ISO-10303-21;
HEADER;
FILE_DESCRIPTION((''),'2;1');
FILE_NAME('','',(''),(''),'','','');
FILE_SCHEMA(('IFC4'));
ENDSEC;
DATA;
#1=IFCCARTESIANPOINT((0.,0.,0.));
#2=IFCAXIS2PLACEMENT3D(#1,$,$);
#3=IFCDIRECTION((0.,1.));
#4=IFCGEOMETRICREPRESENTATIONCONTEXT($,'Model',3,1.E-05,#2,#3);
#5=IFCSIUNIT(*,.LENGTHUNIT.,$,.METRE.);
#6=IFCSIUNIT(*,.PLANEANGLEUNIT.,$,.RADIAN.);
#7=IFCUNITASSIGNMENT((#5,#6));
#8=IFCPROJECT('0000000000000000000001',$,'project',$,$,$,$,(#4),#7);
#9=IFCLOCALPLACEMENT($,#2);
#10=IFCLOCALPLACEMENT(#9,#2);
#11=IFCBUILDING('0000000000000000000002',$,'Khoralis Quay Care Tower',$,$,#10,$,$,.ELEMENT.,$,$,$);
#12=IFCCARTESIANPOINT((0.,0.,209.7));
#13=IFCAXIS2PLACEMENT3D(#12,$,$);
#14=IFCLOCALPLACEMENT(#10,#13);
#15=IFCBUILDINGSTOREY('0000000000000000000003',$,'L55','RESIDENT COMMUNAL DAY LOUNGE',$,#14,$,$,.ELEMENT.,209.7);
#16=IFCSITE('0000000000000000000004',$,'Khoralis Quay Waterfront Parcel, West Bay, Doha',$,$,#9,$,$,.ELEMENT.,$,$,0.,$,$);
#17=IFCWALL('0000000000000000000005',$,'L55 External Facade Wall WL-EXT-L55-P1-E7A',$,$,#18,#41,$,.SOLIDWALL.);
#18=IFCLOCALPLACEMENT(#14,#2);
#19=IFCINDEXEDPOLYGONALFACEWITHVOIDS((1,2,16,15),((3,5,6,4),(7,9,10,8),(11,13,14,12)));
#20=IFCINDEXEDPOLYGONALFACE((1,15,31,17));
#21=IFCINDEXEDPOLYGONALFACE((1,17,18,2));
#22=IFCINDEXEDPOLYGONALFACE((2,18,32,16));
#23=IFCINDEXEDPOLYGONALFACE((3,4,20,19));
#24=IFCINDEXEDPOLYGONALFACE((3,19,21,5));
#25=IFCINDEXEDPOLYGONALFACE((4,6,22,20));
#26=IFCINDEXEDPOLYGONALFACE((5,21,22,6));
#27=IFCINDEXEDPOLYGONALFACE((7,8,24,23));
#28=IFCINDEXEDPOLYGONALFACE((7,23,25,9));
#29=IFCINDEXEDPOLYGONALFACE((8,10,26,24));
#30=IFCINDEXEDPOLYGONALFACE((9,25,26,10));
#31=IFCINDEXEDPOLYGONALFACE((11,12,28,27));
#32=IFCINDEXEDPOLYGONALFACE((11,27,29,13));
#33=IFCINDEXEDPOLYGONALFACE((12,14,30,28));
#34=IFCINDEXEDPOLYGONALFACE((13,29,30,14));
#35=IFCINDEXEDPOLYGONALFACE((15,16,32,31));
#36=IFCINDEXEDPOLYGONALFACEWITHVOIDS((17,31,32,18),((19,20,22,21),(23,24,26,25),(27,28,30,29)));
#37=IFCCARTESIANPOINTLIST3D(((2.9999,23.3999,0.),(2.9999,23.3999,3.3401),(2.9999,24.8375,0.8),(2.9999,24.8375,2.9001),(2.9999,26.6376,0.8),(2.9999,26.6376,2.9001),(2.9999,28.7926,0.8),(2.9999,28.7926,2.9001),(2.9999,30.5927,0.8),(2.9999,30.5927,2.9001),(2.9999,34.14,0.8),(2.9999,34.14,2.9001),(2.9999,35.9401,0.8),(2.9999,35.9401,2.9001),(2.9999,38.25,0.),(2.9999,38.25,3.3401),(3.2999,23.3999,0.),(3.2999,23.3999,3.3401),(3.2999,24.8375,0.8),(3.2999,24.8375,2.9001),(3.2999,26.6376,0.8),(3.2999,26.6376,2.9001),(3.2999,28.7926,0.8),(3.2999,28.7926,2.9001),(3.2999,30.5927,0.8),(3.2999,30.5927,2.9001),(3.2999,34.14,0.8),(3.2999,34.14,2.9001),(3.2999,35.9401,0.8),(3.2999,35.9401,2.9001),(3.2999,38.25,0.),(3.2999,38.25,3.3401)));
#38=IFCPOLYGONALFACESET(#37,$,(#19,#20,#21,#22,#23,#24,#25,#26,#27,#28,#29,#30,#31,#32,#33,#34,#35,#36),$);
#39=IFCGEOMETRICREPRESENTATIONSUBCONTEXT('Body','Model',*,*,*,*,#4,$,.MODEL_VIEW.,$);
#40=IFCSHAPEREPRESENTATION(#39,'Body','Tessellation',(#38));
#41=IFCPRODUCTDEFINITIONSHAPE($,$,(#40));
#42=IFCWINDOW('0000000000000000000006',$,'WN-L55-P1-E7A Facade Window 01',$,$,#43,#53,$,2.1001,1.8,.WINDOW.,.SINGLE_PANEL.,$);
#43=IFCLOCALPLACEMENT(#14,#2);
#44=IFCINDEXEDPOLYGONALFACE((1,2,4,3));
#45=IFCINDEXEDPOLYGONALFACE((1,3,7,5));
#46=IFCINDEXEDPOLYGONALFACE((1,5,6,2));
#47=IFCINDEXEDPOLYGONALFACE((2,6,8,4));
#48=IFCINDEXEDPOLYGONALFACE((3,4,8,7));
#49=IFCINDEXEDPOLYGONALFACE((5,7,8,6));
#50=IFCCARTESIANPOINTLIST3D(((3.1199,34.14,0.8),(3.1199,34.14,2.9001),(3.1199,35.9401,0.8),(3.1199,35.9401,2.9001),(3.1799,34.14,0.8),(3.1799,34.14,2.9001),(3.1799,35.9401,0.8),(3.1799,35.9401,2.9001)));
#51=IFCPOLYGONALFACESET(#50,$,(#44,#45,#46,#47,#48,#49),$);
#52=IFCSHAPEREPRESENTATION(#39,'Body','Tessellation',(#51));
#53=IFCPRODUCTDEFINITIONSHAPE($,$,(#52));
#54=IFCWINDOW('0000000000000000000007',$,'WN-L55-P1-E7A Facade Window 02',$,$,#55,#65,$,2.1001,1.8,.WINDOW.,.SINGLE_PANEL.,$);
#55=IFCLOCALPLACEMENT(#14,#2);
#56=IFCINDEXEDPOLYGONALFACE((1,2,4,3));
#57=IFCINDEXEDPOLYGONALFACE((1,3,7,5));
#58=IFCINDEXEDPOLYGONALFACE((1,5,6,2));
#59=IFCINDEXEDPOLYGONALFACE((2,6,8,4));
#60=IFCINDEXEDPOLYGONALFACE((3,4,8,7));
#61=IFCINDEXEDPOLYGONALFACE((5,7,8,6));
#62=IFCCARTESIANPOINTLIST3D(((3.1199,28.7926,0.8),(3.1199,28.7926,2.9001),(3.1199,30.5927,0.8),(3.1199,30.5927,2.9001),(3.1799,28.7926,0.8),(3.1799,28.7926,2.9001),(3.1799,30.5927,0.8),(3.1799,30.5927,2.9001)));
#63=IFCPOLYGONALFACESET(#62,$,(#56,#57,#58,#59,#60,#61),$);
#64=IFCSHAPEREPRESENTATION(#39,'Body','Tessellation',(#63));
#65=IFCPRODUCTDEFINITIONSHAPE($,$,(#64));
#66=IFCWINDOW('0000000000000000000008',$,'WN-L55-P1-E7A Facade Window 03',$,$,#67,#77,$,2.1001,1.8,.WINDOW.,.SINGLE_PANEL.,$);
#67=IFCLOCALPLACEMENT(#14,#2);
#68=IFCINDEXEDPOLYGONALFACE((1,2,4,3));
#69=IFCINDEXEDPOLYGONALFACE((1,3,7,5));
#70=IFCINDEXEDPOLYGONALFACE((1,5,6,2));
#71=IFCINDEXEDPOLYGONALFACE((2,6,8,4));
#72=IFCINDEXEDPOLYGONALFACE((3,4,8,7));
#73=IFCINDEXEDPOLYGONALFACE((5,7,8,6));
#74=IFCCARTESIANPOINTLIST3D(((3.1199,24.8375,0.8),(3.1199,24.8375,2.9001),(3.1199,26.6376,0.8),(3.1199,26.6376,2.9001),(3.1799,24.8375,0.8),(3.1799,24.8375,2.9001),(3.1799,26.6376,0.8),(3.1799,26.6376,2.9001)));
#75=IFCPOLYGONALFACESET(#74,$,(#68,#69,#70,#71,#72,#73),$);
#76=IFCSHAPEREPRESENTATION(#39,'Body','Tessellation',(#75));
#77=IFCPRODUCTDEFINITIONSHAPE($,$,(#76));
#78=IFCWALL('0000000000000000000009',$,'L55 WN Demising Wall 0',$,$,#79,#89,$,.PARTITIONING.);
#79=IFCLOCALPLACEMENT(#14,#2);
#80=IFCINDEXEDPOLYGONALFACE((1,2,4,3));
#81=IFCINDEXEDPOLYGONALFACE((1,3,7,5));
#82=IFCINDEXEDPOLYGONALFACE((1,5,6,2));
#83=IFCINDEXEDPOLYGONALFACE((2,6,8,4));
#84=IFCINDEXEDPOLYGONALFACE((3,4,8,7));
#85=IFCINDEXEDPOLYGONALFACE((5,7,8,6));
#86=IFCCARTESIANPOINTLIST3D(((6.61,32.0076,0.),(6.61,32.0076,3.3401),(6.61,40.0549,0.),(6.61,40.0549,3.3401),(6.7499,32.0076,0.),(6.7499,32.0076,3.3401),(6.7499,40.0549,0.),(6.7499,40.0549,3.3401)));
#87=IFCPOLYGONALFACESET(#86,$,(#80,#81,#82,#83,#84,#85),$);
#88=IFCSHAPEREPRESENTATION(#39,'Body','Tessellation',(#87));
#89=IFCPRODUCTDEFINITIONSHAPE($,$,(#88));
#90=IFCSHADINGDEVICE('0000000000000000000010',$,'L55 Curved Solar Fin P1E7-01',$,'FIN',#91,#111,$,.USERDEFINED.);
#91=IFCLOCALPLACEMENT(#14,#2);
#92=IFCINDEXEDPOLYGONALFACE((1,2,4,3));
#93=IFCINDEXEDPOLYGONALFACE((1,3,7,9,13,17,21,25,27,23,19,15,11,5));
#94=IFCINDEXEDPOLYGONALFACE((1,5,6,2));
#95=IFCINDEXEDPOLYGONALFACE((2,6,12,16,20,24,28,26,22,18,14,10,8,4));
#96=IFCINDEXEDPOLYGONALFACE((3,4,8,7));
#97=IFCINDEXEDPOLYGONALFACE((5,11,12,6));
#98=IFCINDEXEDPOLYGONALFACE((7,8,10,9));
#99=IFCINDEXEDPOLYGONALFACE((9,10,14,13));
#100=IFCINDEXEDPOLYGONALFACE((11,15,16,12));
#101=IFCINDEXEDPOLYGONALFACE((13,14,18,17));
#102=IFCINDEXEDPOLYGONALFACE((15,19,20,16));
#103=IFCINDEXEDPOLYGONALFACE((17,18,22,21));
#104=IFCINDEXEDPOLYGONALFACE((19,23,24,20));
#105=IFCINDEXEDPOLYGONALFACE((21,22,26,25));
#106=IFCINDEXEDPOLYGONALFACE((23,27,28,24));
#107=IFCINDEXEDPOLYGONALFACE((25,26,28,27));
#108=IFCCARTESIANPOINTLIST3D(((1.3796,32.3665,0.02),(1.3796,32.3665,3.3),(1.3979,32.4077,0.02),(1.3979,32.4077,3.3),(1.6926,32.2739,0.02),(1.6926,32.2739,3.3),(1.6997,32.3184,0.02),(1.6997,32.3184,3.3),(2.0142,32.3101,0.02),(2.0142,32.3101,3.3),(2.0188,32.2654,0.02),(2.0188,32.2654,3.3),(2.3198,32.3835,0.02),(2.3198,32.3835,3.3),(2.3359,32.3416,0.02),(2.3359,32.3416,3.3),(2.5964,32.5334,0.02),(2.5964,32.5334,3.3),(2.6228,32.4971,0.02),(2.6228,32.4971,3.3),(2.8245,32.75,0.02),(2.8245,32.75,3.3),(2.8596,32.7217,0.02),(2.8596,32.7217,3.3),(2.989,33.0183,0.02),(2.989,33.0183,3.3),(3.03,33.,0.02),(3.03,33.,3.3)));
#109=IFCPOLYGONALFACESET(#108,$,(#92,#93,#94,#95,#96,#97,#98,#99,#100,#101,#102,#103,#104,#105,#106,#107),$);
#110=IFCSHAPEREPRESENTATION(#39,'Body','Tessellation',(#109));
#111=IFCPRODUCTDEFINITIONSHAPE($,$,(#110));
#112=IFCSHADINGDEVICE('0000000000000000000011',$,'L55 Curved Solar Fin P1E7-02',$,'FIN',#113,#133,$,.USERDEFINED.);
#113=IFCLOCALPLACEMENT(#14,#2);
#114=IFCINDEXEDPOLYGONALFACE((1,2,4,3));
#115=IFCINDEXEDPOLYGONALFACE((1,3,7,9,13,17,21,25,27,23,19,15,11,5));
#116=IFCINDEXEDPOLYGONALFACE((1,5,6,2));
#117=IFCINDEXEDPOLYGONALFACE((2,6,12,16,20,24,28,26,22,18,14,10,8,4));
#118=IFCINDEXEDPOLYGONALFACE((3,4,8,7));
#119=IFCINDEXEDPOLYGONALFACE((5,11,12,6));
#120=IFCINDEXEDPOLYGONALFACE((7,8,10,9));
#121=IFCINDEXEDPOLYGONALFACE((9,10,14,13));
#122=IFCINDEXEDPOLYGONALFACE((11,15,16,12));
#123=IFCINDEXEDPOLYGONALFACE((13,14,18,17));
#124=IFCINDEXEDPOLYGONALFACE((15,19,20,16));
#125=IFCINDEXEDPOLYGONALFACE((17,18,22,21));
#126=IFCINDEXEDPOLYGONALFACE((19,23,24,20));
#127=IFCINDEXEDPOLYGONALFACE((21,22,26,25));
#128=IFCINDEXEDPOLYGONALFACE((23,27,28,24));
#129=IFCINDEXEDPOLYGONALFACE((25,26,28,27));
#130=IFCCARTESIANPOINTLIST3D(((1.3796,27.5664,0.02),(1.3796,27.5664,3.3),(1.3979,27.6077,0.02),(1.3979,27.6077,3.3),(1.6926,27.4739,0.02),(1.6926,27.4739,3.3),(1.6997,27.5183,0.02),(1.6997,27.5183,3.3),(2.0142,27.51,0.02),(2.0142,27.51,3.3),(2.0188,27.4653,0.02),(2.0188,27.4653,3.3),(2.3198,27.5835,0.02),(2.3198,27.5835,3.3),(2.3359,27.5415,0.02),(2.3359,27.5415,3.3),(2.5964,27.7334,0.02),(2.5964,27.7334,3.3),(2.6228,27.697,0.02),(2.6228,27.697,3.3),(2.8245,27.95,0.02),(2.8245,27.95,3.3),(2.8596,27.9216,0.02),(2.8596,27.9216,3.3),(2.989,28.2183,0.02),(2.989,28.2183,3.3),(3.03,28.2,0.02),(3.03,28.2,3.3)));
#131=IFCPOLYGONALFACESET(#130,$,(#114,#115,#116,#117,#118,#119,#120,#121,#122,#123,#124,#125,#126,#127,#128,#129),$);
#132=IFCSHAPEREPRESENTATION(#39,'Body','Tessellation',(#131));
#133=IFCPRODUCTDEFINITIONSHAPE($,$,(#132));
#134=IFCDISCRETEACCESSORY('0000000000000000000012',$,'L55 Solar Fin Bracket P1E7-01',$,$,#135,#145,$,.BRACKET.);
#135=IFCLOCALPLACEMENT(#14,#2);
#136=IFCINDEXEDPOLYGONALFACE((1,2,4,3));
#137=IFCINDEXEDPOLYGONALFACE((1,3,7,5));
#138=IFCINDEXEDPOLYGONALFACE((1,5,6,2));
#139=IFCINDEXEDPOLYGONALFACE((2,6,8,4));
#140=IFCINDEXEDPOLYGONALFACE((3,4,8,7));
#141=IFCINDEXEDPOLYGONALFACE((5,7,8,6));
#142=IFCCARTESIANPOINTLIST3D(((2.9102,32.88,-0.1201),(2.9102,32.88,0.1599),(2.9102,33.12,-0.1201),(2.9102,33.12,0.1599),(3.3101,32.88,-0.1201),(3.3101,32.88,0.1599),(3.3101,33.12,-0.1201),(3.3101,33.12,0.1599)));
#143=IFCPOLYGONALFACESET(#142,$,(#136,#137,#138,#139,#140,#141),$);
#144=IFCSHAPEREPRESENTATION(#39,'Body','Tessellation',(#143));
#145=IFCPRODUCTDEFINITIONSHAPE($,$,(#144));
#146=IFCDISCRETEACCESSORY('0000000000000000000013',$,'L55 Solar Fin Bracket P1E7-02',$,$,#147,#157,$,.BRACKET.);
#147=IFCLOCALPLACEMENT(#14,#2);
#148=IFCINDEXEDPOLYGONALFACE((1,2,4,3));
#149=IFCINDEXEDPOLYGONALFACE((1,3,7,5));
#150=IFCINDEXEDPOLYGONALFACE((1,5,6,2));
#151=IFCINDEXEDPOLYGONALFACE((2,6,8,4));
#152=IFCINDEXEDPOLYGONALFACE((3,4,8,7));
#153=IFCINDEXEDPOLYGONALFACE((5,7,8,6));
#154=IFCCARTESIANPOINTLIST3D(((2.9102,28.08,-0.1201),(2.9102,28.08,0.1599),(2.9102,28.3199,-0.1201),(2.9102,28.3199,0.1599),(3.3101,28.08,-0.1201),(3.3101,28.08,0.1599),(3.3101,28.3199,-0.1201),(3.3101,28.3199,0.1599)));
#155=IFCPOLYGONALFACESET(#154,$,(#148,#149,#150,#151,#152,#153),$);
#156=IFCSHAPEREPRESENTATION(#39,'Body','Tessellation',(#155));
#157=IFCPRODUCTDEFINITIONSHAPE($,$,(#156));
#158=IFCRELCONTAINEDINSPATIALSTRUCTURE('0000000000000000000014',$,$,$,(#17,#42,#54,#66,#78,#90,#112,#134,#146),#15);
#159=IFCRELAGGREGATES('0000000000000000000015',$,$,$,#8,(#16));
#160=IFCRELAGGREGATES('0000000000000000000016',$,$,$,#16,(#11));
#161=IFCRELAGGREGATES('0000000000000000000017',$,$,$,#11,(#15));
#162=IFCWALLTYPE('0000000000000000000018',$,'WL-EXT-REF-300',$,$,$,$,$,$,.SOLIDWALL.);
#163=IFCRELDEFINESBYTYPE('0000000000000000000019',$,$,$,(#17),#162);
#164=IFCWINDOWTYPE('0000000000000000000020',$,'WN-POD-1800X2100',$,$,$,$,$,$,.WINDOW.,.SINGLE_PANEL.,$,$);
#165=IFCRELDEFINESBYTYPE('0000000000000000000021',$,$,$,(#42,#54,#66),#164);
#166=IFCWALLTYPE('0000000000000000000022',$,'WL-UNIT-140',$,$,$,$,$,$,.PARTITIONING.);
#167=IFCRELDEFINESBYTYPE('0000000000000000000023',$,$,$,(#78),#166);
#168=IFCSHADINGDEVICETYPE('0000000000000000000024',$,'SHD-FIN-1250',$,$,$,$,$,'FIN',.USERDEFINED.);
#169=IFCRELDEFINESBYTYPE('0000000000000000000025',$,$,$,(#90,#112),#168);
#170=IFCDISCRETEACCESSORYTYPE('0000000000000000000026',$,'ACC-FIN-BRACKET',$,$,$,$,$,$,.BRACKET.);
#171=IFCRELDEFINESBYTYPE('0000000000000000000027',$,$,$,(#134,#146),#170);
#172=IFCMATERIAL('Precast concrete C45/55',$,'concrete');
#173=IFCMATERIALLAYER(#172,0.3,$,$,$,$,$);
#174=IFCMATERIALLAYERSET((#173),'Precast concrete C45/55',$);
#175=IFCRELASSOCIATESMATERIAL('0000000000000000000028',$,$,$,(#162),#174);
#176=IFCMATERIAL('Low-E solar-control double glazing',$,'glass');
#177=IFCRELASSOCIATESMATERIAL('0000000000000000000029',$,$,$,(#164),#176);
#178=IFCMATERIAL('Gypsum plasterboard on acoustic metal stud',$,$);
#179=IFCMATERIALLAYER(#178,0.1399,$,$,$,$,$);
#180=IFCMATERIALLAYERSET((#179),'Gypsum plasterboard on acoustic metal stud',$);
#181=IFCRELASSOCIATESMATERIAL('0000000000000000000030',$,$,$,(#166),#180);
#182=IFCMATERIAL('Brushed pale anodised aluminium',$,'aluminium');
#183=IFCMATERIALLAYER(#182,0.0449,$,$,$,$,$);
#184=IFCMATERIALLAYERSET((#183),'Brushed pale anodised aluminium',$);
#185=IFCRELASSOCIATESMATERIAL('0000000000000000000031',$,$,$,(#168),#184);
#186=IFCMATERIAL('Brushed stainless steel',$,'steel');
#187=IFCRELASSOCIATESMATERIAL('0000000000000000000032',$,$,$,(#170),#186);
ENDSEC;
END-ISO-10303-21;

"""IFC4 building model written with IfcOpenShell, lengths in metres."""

from ifc_helpers import new_model, si_unit, direction, frame, frame_2d, origin, origin_2d, place, context, subcontext, project, spatial, polyline, rectangle, outline, extrude, source, transform, mapped, material, layer, layer_set, type_object, element, fill, save


model = new_model("IFC4")

# Units and contexts
model_context = context("Model", 3, precision=1e-05, world=origin(), true_north=direction((0.0, 1.0)))
body_context = subcontext(model_context, "Body", "Model", "MODEL_VIEW")
ifc_project = project(units=[si_unit("LENGTHUNIT", "METRE"), si_unit("PLANEANGLEUNIT", "RADIAN")], contexts=[model_context])

# Site, building, storey
site_placement = place(None, origin())
site = spatial("IfcSite", under=ifc_project, at=site_placement, Name="Khoralis Quay Waterfront Parcel, West Bay, Doha", CompositionType="ELEMENT", RefElevation=0.0)
building_placement = place(site_placement, origin())
building = spatial("IfcBuilding", under=site, at=building_placement, Name="Khoralis Quay Care Tower", CompositionType="ELEMENT")
storey_placement = place(building_placement, frame((0.0, 0.0, 209.7)))
storey = spatial("IfcBuildingStorey", under=building, at=storey_placement, Name="L55", Description="RESIDENT COMMUNAL DAY LOUNGE", CompositionType="ELEMENT", Elevation=209.7)

# Shared definitions
ifc_material_1 = material(Name="Gypsum plasterboard on acoustic metal stud")

# Shared definitions
ifc_material_2 = material(Name="Precast concrete C45/55", Category="concrete")
ifc_layer_1 = layer(ifc_material_2, 0.3)
ifc_layer_set_1 = layer_set([ifc_layer_1], Name="Precast concrete C45/55")
wall_type_1 = type_object("IfcWallType", Name="WL-EXT-REF-300", PredefinedType="SOLIDWALL", material=ifc_layer_set_1)

# Wall, openings, windows
wall_1_placement = place(storey_placement, frame((3.1499, 38.25, 0.0), z_axis=(0.0, 0.0, 1.0), x_axis=(0.0, -1.0, 0.0)))
wall_1 = element("IfcWall", 1, at=wall_1_placement, inside=storey, type_object=wall_type_1, Name="L55 External Facade Wall WL-EXT-L55-P1-E7A", PredefinedType="SOLIDWALL", context=body_context, shape_type="SweptSolid", body=[
    extrude(rectangle(XDim=14.8501, YDim=0.3, at=frame_2d((7.425, 0.0))), origin(), (0.0, 0.0, 1.0), 3.3401),
])
opening_1_placement = place(wall_1_placement, frame((2.3101, 0.0, 0.8)))
opening_1 = element("IfcOpeningElement", 2, at=opening_1_placement, cuts=wall_1, PredefinedType="OPENING", context=body_context, shape_type="SweptSolid", body=[
    extrude(rectangle(XDim=1.8, YDim=2.1001, at=frame_2d((0.8999, 1.05))), frame((0.0, 0.1602, 0.0), z_axis=(0.0, -1.0, 0.0), x_axis=(1.0, 0.0, 0.0)), (0.0, 0.0, 1.0), 0.3201),
])
opening_2_placement = place(wall_1_placement, frame((7.6575, 0.0, 0.8)))
opening_2 = element("IfcOpeningElement", 3, at=opening_2_placement, cuts=wall_1, PredefinedType="OPENING", context=body_context, shape_type="SweptSolid", body=[
    extrude(rectangle(XDim=1.8, YDim=2.1001, at=frame_2d((0.8999, 1.05))), frame((0.0, 0.1602, 0.0), z_axis=(0.0, -1.0, 0.0), x_axis=(1.0, 0.0, 0.0)), (0.0, 0.0, 1.0), 0.3201),
])
opening_3_placement = place(wall_1_placement, frame((11.6125, 0.0, 0.8)))
opening_3 = element("IfcOpeningElement", 4, at=opening_3_placement, cuts=wall_1, PredefinedType="OPENING", context=body_context, shape_type="SweptSolid", body=[
    extrude(rectangle(XDim=1.8, YDim=2.1001, at=frame_2d((0.8999, 1.05))), frame((0.0, 0.1602, 0.0), z_axis=(0.0, -1.0, 0.0), x_axis=(1.0, 0.0, 0.0)), (0.0, 0.0, 1.0), 0.3201),
])
ifc_material_3 = material(Name="Low-E solar-control double glazing", Category="glass")
window_type = type_object("IfcWindowType", Name="WN-POD-1800X2100", PartitioningType="SINGLE_PANEL", PredefinedType="WINDOW", material=ifc_material_3)
shared_shape_1 = source(origin(), body_context, "Body", "SweptSolid", [
    extrude(rectangle(XDim=1.8, YDim=2.1001, at=frame_2d((0.8999, 1.05))), frame((0.0, 0.03, 0.0), z_axis=(0.0, -1.0, 0.0), x_axis=(1.0, 0.0, 0.0)), (0.0, 0.0, 1.0), 0.0601),
])
window_1_placement = place(opening_1_placement, origin())
window_1 = element("IfcWindow", 5, at=window_1_placement, inside=storey, type_object=window_type, Name="WN-L55-P1-E7A Facade Window 01", OverallHeight=2.1001, OverallWidth=1.8, PartitioningType="SINGLE_PANEL", PredefinedType="WINDOW", context=body_context, shape_type="MappedRepresentation", body=[
    mapped(shared_shape_1, transform((0.0, 0.0, 0.0), scale=1.0)),
])
fill(opening_1, window_1)
window_2_placement = place(opening_2_placement, origin())
window_2 = element("IfcWindow", 6, at=window_2_placement, inside=storey, type_object=window_type, Name="WN-L55-P1-E7A Facade Window 02", OverallHeight=2.1001, OverallWidth=1.8, PartitioningType="SINGLE_PANEL", PredefinedType="WINDOW", context=body_context, shape_type="MappedRepresentation", body=[
    mapped(shared_shape_1, transform((0.0, 0.0, 0.0), scale=1.0)),
])
fill(opening_2, window_2)
window_3_placement = place(opening_3_placement, origin())
window_3 = element("IfcWindow", 7, at=window_3_placement, inside=storey, type_object=window_type, Name="WN-L55-P1-E7A Facade Window 03", OverallHeight=2.1001, OverallWidth=1.8, PartitioningType="SINGLE_PANEL", PredefinedType="WINDOW", context=body_context, shape_type="MappedRepresentation", body=[
    mapped(shared_shape_1, transform((0.0, 0.0, 0.0), scale=1.0)),
])
fill(opening_3, window_3)

# Wall
ifc_layer_2 = layer(ifc_material_1, 0.1399)
ifc_layer_set_2 = layer_set([ifc_layer_2], Name="Gypsum plasterboard on acoustic metal stud")
wall_type_2 = type_object("IfcWallType", Name="WL-UNIT-140", PredefinedType="PARTITIONING", material=ifc_layer_set_2)
wall_2_placement = place(storey_placement, frame((6.6799, 32.0076, 0.0), z_axis=(0.0, 0.0, 1.0), x_axis=(0.0, 1.0, 0.0)))
element("IfcWall", 8, at=wall_2_placement, inside=storey, type_object=wall_type_2, Name="L55 WN Demising Wall 0", PredefinedType="PARTITIONING", context=body_context, shape_type="SweptSolid", body=[
    extrude(rectangle(XDim=8.0474, YDim=0.1399, at=frame_2d((4.0237, 0.0))), origin(), (0.0, 0.0, 1.0), 3.3401),
])

# Shading devices
ifc_material_4 = material(Name="Brushed pale anodised aluminium", Category="aluminium")
ifc_layer_3 = layer(ifc_material_4, 0.0449)
ifc_layer_set_3 = layer_set([ifc_layer_3], Name="Brushed pale anodised aluminium")
shading_device_type = type_object("IfcShadingDeviceType", Name="SHD-FIN-1250", ElementType="FIN", PredefinedType="USERDEFINED", material=ifc_layer_set_3)
shared_shape_2 = source(origin(), body_context, "Body", "SweptSolid", [
    extrude(outline(polyline([(0.0, 0.0), (0.1704, 0.2783), (0.4072, 0.5029), (0.6941, 0.6584), (1.0112, 0.7346), (1.3374, 0.7261), (1.6504, 0.6335), (1.6321, 0.5923), (1.3303, 0.6816), (1.0159, 0.6899), (0.7102, 0.6165), (0.4336, 0.4666), (0.2056, 0.25), (0.041, -0.0183), (0.0, 0.0)])), origin(), (0.0, 0.0, 1.0), 3.28),
])
for number, where, z_axis, x_axis, name in (
    (9, (3.03, 33.0, 0.02), (0.0, 0.0, 1.0), (-1.0, 0.0, 0.0), "L55 Curved Solar Fin P1E7-01"),
    (10, (3.03, 28.2, 0.02), (0.0, 0.0, 1.0), (-1.0, 0.0, 0.0), "L55 Curved Solar Fin P1E7-02"),
):
    element("IfcShadingDevice", number, at=place(storey_placement, frame(where, z_axis=z_axis, x_axis=x_axis)), inside=storey, type_object=shading_device_type, Name=name, ObjectType="FIN", PredefinedType="USERDEFINED", context=body_context, shape_type="MappedRepresentation", body=[
        mapped(shared_shape_2, transform((0.0, 0.0, 0.0), scale=1.0)),
    ])

# Discrete accessories
ifc_material_5 = material(Name="Brushed stainless steel", Category="steel")
discrete_accessory_type = type_object("IfcDiscreteAccessoryType", Name="ACC-FIN-BRACKET", PredefinedType="BRACKET", material=ifc_material_5)
shared_shape_3 = source(origin(), body_context, "Body", "SweptSolid", [
    extrude(rectangle(XDim=0.3999, YDim=0.24, at=origin_2d()), origin(), (0.0, 0.0, 1.0), 0.28),
])
for number, where, z_axis, x_axis, name in (
    (11, (3.1101, 33.0, -0.1201), (0.0, 0.0, 1.0), (-1.0, 0.0, 0.0), "L55 Solar Fin Bracket P1E7-01"),
    (12, (3.1101, 28.2, -0.1201), (0.0, 0.0, 1.0), (-1.0, 0.0, 0.0), "L55 Solar Fin Bracket P1E7-02"),
):
    element("IfcDiscreteAccessory", number, at=place(storey_placement, frame(where, z_axis=z_axis, x_axis=x_axis)), inside=storey, type_object=discrete_accessory_type, Name=name, PredefinedType="BRACKET", context=body_context, shape_type="MappedRepresentation", body=[
        mapped(shared_shape_3, transform((0.0, 0.0, 0.0), scale=1.0)),
    ])

save(model, "model.ifc")
